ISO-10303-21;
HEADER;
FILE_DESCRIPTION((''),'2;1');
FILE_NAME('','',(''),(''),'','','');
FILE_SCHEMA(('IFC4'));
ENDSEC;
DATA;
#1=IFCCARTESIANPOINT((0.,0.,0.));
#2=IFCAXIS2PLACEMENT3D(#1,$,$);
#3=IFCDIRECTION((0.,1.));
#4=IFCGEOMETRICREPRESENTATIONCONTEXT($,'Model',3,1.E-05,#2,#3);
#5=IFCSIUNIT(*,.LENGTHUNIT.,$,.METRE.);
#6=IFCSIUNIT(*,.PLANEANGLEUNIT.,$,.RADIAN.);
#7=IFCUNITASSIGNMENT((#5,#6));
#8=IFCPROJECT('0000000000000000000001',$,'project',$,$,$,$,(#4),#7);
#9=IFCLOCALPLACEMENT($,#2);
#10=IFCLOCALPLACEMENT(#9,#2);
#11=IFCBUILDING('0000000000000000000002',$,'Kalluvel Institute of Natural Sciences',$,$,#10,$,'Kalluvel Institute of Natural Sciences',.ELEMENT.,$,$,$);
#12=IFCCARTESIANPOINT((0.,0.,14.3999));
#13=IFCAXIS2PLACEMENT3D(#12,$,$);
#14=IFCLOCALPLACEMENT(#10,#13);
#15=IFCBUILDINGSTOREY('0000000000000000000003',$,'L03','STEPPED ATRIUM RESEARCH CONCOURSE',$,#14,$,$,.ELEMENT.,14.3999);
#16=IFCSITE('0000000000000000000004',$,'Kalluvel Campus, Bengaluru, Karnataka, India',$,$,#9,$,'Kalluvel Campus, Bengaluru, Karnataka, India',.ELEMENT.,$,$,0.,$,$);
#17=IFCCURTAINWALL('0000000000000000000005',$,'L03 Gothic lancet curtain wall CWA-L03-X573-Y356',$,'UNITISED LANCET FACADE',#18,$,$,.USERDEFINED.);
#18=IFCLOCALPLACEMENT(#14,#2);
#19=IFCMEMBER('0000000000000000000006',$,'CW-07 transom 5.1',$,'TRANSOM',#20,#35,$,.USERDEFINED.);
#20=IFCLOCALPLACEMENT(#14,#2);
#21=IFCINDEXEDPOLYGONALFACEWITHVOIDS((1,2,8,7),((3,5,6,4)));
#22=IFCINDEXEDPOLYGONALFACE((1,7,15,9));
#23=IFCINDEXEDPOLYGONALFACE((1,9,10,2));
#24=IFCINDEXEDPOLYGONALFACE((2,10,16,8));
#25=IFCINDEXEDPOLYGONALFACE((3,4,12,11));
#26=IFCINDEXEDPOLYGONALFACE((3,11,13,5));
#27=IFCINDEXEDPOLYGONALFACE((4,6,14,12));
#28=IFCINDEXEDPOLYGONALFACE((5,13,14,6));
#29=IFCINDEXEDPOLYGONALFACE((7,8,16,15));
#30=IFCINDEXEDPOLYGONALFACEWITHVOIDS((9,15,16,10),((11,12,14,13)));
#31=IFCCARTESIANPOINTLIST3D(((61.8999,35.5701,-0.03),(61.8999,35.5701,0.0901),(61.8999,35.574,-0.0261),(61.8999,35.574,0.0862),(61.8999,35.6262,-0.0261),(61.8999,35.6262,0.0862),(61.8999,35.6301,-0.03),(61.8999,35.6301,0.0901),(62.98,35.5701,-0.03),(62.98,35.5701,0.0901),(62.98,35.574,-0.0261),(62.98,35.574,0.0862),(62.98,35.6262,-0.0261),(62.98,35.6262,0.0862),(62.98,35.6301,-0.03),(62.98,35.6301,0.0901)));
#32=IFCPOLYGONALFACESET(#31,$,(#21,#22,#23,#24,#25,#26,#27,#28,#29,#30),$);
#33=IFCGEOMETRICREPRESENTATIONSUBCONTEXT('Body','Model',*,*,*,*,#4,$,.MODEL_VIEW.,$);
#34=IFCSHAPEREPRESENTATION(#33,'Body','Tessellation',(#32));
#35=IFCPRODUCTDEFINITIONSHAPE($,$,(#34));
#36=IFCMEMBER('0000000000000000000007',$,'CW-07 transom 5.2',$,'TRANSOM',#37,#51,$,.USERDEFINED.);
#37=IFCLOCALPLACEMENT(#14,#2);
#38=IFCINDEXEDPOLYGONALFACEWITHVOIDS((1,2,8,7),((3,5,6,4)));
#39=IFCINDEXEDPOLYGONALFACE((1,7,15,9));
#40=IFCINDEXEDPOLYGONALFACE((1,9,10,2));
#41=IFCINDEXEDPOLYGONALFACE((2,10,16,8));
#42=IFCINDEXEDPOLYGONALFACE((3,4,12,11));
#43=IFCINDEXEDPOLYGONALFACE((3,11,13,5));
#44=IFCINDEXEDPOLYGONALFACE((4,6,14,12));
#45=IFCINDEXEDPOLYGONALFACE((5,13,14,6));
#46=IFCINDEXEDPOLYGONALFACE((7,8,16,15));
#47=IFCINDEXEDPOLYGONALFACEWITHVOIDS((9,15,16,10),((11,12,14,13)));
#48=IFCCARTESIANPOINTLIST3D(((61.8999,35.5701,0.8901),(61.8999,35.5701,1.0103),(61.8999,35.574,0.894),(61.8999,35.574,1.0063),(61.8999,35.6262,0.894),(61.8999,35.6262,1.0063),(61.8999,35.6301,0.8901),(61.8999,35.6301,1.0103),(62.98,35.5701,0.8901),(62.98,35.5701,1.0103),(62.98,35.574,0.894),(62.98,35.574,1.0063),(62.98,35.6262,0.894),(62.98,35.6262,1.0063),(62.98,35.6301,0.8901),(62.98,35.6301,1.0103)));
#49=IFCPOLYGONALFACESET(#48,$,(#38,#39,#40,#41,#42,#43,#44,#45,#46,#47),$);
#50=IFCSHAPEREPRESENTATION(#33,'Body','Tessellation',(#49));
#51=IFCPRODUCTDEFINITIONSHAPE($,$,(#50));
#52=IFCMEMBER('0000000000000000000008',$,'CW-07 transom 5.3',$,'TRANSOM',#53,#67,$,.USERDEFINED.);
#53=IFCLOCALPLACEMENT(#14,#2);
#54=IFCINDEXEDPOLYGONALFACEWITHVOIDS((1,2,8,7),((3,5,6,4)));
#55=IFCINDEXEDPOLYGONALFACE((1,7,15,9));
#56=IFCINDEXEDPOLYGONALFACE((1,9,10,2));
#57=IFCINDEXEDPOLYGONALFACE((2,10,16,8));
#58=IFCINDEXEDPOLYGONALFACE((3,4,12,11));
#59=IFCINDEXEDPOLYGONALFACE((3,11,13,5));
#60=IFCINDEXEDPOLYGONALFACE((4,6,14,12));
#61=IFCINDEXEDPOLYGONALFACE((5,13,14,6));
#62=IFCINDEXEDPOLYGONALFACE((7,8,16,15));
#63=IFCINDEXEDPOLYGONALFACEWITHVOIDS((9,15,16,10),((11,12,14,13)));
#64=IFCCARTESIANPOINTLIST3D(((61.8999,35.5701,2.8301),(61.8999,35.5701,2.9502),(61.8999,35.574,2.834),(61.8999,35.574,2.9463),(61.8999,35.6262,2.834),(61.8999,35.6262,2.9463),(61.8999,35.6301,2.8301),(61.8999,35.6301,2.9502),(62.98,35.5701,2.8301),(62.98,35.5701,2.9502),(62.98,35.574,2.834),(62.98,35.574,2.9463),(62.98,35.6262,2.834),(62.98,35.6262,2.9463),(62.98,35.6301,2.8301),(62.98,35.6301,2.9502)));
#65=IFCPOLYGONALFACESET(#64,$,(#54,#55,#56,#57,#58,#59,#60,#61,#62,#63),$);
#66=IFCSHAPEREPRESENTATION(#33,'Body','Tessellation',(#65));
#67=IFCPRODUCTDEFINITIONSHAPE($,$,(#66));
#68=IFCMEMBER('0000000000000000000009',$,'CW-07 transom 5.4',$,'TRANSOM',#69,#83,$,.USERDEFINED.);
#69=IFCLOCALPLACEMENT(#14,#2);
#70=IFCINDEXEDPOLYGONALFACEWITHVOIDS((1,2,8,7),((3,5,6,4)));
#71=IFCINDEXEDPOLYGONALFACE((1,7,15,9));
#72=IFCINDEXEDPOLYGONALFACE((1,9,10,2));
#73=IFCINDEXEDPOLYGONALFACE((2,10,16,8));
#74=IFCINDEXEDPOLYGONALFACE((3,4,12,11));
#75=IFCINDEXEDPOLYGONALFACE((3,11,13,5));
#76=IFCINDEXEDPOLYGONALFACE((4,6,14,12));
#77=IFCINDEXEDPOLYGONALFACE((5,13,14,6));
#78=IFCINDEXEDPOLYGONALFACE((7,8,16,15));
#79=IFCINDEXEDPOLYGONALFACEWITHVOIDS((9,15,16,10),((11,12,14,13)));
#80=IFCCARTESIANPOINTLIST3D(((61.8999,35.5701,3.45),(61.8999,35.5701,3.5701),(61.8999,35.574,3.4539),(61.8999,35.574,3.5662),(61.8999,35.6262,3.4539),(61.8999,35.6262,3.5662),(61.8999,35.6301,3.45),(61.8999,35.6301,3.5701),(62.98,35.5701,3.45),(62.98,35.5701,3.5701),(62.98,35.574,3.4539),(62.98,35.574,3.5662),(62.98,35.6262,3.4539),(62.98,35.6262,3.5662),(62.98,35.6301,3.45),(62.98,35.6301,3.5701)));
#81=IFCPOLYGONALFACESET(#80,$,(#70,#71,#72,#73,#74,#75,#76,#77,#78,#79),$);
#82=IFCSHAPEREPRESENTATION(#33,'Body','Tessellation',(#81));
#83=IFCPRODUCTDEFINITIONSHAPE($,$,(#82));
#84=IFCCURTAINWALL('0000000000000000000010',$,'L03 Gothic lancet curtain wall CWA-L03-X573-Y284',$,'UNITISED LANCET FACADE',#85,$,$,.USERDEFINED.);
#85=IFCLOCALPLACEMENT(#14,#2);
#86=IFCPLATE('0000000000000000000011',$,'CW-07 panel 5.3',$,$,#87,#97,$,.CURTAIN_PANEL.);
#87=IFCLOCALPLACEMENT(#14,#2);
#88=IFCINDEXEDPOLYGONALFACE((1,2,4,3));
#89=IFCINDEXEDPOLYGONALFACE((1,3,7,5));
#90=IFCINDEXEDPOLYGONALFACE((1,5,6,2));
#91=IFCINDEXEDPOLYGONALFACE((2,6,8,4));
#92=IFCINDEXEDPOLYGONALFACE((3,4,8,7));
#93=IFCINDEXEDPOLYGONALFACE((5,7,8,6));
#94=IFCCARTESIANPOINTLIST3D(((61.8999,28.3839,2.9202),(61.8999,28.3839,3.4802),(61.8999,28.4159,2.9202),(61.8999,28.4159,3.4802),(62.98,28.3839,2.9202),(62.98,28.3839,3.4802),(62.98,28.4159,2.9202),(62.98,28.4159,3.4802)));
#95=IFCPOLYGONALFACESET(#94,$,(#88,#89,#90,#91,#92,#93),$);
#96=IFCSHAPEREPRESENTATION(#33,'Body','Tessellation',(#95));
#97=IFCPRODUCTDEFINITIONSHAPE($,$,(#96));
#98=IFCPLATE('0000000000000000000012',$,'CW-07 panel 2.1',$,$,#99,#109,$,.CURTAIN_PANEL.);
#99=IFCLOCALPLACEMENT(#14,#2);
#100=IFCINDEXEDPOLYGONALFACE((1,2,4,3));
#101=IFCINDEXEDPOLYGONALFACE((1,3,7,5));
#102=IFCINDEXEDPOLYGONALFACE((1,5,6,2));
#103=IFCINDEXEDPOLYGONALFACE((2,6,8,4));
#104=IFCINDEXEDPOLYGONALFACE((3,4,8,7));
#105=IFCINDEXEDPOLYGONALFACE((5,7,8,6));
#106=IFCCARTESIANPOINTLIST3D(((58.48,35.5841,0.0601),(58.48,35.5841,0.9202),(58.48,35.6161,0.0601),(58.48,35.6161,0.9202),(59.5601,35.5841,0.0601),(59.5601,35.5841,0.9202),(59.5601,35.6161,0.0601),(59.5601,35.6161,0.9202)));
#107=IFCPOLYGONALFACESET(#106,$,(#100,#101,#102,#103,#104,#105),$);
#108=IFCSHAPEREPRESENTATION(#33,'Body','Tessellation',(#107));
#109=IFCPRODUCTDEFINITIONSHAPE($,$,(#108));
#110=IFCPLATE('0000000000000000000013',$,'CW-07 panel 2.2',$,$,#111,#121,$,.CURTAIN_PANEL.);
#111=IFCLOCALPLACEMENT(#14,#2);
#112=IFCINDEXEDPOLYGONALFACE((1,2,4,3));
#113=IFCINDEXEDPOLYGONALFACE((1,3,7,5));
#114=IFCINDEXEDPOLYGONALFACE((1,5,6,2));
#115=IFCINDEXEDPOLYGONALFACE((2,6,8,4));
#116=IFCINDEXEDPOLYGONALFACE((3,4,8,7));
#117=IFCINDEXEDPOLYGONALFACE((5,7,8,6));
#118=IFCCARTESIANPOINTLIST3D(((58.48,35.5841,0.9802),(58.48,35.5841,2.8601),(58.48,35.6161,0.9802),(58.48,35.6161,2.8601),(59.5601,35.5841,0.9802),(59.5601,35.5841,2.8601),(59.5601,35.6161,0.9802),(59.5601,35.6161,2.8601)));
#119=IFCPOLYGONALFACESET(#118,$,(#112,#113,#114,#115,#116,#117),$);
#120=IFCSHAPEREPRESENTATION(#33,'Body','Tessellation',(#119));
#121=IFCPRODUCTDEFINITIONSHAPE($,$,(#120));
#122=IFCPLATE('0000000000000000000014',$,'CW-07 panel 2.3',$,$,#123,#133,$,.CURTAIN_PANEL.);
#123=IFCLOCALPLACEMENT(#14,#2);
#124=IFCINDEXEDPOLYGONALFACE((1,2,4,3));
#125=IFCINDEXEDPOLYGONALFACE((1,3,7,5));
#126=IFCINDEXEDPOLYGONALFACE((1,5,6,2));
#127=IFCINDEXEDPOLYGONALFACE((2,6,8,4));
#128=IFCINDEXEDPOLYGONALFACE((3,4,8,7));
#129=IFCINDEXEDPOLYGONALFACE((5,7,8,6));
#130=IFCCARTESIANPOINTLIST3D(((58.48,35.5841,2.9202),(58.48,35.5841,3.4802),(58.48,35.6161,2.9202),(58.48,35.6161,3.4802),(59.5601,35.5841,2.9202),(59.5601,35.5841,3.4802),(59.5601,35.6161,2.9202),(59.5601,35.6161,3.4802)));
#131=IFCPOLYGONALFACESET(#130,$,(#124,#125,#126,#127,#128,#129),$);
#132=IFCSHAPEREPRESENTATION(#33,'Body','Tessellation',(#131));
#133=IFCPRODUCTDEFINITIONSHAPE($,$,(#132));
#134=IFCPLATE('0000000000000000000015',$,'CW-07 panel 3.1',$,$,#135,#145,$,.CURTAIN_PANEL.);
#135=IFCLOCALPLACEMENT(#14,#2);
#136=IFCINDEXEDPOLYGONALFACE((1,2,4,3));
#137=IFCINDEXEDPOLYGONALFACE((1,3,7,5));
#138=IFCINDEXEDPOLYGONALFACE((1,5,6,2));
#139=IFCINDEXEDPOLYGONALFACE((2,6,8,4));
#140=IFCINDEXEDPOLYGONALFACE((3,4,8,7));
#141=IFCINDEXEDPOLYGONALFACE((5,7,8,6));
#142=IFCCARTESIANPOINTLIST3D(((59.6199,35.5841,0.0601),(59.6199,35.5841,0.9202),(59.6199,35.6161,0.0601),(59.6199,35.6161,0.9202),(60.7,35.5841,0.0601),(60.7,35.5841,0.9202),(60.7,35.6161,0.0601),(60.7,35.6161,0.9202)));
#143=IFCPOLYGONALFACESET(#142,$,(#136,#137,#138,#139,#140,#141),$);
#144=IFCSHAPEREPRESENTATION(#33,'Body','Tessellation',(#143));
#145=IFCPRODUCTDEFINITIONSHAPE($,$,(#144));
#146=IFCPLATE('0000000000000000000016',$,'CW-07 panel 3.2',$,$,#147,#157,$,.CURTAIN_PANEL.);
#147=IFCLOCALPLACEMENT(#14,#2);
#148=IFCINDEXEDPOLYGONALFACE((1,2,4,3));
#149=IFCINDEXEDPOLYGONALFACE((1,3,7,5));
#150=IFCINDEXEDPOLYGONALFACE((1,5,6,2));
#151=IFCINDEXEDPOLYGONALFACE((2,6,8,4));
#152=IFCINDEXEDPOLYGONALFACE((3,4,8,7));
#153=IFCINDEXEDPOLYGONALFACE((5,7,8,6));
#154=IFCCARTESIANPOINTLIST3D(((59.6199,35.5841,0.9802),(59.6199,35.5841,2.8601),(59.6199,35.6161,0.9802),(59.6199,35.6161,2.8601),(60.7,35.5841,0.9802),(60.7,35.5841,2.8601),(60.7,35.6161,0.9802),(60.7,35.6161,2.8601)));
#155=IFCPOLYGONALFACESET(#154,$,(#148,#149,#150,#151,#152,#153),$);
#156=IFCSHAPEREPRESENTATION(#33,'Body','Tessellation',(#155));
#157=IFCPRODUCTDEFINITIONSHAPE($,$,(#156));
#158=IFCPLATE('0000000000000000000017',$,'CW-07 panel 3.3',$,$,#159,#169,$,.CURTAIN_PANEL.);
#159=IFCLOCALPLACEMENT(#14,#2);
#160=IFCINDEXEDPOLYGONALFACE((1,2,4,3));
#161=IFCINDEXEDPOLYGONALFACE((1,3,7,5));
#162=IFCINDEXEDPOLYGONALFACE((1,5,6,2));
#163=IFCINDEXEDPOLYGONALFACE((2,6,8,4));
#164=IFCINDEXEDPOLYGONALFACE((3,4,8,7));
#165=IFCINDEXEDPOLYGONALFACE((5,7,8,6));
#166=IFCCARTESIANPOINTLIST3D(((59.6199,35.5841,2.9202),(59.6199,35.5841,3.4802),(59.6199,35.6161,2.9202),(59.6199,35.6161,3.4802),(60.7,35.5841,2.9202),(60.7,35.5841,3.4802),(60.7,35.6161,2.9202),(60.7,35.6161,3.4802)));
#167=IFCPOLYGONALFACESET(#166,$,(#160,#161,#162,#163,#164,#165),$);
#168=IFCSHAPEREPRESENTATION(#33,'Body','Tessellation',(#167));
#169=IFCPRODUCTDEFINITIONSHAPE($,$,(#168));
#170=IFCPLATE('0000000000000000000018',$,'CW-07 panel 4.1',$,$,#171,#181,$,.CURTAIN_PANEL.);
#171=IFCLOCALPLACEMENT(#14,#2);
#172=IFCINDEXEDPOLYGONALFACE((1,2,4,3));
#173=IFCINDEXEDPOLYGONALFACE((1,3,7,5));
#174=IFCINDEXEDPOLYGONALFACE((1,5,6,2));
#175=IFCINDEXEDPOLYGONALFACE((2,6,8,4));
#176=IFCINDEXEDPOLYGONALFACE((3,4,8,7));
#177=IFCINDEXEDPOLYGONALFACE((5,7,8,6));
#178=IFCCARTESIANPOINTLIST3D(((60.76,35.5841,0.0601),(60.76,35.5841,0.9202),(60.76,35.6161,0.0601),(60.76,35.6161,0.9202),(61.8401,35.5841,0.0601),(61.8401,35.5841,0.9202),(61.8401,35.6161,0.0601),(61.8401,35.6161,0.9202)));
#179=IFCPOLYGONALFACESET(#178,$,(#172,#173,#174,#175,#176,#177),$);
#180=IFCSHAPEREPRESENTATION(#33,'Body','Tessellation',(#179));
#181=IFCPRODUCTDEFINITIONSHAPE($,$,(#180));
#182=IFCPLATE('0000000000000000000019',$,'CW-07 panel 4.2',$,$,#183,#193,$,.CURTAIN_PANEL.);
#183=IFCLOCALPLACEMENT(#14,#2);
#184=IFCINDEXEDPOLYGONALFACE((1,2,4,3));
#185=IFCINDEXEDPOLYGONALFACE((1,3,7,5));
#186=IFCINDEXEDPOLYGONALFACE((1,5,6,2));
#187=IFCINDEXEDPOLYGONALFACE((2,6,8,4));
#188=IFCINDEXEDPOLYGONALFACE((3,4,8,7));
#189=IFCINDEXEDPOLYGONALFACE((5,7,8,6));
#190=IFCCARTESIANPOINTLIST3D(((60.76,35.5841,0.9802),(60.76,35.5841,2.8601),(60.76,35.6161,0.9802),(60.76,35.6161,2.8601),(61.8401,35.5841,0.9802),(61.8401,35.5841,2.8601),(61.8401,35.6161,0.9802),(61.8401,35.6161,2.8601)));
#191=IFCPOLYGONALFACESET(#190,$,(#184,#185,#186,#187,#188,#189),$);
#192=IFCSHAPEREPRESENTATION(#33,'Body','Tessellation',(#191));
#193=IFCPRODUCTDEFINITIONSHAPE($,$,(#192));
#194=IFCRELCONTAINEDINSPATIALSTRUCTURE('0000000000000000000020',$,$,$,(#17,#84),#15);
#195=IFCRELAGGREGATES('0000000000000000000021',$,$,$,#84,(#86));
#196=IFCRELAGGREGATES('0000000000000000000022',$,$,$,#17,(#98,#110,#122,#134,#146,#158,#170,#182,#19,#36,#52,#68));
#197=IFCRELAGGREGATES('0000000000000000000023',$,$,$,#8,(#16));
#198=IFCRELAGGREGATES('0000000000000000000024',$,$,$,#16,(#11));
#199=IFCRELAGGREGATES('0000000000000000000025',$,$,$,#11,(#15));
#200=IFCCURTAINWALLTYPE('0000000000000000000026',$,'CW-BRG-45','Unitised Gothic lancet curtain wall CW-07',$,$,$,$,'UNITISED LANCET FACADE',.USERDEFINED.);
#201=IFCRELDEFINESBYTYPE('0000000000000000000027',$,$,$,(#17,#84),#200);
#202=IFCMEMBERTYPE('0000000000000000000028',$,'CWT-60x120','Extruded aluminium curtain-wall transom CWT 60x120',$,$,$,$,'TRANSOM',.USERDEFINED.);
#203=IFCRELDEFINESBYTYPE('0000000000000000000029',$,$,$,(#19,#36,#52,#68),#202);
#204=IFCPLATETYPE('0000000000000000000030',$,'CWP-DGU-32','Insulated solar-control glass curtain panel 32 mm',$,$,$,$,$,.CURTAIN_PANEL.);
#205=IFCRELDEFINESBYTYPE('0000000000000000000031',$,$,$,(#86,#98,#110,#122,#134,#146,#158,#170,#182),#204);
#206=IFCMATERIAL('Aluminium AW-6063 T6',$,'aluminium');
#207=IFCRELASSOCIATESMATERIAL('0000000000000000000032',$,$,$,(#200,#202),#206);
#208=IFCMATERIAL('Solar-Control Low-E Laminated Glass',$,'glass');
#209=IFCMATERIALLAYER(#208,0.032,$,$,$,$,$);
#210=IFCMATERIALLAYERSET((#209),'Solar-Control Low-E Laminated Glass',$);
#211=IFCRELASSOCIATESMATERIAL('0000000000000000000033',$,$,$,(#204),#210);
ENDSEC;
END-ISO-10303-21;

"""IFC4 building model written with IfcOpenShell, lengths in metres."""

from ifc_helpers import new_model, si_unit, direction, frame, origin, origin_2d, place, context, subcontext, project, spatial, rectangle, hollow_rectangle, extrude, material, layer, layer_set, material_profile, profile_set, type_object, element, aggregate, save


model = new_model("IFC4")

# Units and contexts
model_context = context("Model", 3, precision=1e-05, world=origin(), true_north=direction((0.0, 1.0)))
body_context = subcontext(model_context, "Body", "Model", "MODEL_VIEW")
ifc_project = project(units=[si_unit("LENGTHUNIT", "METRE"), si_unit("PLANEANGLEUNIT", "RADIAN")], contexts=[model_context])

# Site, building, storey
site_placement = place(None, origin())
site = spatial("IfcSite", under=ifc_project, at=site_placement, Name="Kalluvel Campus, Bengaluru, Karnataka, India", LongName="Kalluvel Campus, Bengaluru, Karnataka, India", CompositionType="ELEMENT", RefElevation=0.0)
building_placement = place(site_placement, origin())
building = spatial("IfcBuilding", under=site, at=building_placement, Name="Kalluvel Institute of Natural Sciences", LongName="Kalluvel Institute of Natural Sciences", CompositionType="ELEMENT")
storey_placement = place(building_placement, frame((0.0, 0.0, 14.3999)))
storey = spatial("IfcBuildingStorey", under=building, at=storey_placement, Name="L03", Description="STEPPED ATRIUM RESEARCH CONCOURSE", CompositionType="ELEMENT", Elevation=14.3999)

# Curtain wall, members
ifc_material_1 = material(Name="Aluminium AW-6063 T6", Category="aluminium")
curtain_wall_type = type_object("IfcCurtainWallType", Name="CW-BRG-45", Description="Unitised Gothic lancet curtain wall CW-07", ElementType="UNITISED LANCET FACADE", PredefinedType="USERDEFINED", material=ifc_material_1)
curtain_wall_1_placement = place(storey_placement, origin())
curtain_wall_1 = element("IfcCurtainWall", 1, at=curtain_wall_1_placement, inside=storey, type_object=curtain_wall_type, Name="L03 Gothic lancet curtain wall CWA-L03-X573-Y356", ObjectType="UNITISED LANCET FACADE", PredefinedType="USERDEFINED")
ifc_material_profile_1 = material_profile(ifc_material_1, hollow_rectangle(XDim=0.0601, YDim=0.1201, WallThickness=0.0039, at=origin_2d()), Name="CWT 60x120")
ifc_profile_set_1 = profile_set([ifc_material_profile_1], Name="Aluminium AW-6063 T6")
member_type_1 = type_object("IfcMemberType", Name="CWT-60x120", Description="Extruded aluminium curtain-wall transom CWT 60x120", ElementType="TRANSOM", PredefinedType="USERDEFINED", material=ifc_profile_set_1)
member_1_placement = place(storey_placement, frame((61.8999, 35.6001, 0.03), z_axis=(1.0, 0.0, 0.0), x_axis=(0.0, 1.0, 0.0)))
member_1 = element("IfcMember", 2, at=member_1_placement, type_object=member_type_1, Name="CW-07 transom 5.1", ObjectType="TRANSOM", PredefinedType="USERDEFINED", context=body_context, shape_type="SweptSolid", body=[
    extrude(hollow_rectangle(XDim=0.0601, YDim=0.1201, WallThickness=0.0039, at=origin_2d()), origin(), (0.0, 0.0, 1.0), 1.0801),
])
member_2_placement = place(storey_placement, frame((61.8999, 35.6001, 0.9502), z_axis=(1.0, 0.0, 0.0), x_axis=(0.0, 1.0, 0.0)))
member_2 = element("IfcMember", 3, at=member_2_placement, type_object=member_type_1, Name="CW-07 transom 5.2", ObjectType="TRANSOM", PredefinedType="USERDEFINED", context=body_context, shape_type="SweptSolid", body=[
    extrude(hollow_rectangle(XDim=0.0601, YDim=0.1201, WallThickness=0.0039, at=origin_2d()), origin(), (0.0, 0.0, 1.0), 1.0801),
])
member_3_placement = place(storey_placement, frame((61.8999, 35.6001, 2.8901), z_axis=(1.0, 0.0, 0.0), x_axis=(0.0, 1.0, 0.0)))
member_3 = element("IfcMember", 4, at=member_3_placement, type_object=member_type_1, Name="CW-07 transom 5.3", ObjectType="TRANSOM", PredefinedType="USERDEFINED", context=body_context, shape_type="SweptSolid", body=[
    extrude(hollow_rectangle(XDim=0.0601, YDim=0.1201, WallThickness=0.0039, at=origin_2d()), origin(), (0.0, 0.0, 1.0), 1.0801),
])
member_4_placement = place(storey_placement, frame((61.8999, 35.6001, 3.51), z_axis=(1.0, 0.0, 0.0), x_axis=(0.0, 1.0, 0.0)))
member_4 = element("IfcMember", 5, at=member_4_placement, type_object=member_type_1, Name="CW-07 transom 5.4", ObjectType="TRANSOM", PredefinedType="USERDEFINED", context=body_context, shape_type="SweptSolid", body=[
    extrude(hollow_rectangle(XDim=0.0601, YDim=0.1201, WallThickness=0.0039, at=origin_2d()), origin(), (0.0, 0.0, 1.0), 1.0801),
])

# Curtain wall, plate
curtain_wall_2_placement = place(storey_placement, origin())
curtain_wall_2 = element("IfcCurtainWall", 6, at=curtain_wall_2_placement, inside=storey, type_object=curtain_wall_type, Name="L03 Gothic lancet curtain wall CWA-L03-X573-Y284", ObjectType="UNITISED LANCET FACADE", PredefinedType="USERDEFINED")
ifc_material_2 = material(Name="Solar-Control Low-E Laminated Glass", Category="glass")
ifc_layer = layer(ifc_material_2, 0.032)
ifc_layer_set = layer_set([ifc_layer], Name="Solar-Control Low-E Laminated Glass")
plate_type = type_object("IfcPlateType", Name="CWP-DGU-32", Description="Insulated solar-control glass curtain panel 32 mm", PredefinedType="CURTAIN_PANEL", material=ifc_layer_set)
plate_1_placement = place(storey_placement, frame((62.4399, 28.3999, 2.9202), z_axis=(0.0, 0.0, 1.0), x_axis=(1.0, 0.0, 0.0)))
plate_1 = element("IfcPlate", 7, at=plate_1_placement, type_object=plate_type, Name="CW-07 panel 5.3", PredefinedType="CURTAIN_PANEL", context=body_context, shape_type="SweptSolid", body=[
    extrude(rectangle(XDim=1.0801, YDim=0.032, at=origin_2d()), origin(), (0.0, 0.0, 1.0), 0.5601),
])
aggregate(curtain_wall_2, [plate_1])

# Plates
plate_2_placement = place(storey_placement, frame((59.02, 35.6001, 0.0601), z_axis=(0.0, 0.0, 1.0), x_axis=(1.0, 0.0, 0.0)))
plate_2 = element("IfcPlate", 8, at=plate_2_placement, type_object=plate_type, Name="CW-07 panel 2.1", PredefinedType="CURTAIN_PANEL", context=body_context, shape_type="SweptSolid", body=[
    extrude(rectangle(XDim=1.0801, YDim=0.032, at=origin_2d()), origin(), (0.0, 0.0, 1.0), 0.8601),
])
plate_3_placement = place(storey_placement, frame((59.02, 35.6001, 0.9802), z_axis=(0.0, 0.0, 1.0), x_axis=(1.0, 0.0, 0.0)))
plate_3 = element("IfcPlate", 9, at=plate_3_placement, type_object=plate_type, Name="CW-07 panel 2.2", PredefinedType="CURTAIN_PANEL", context=body_context, shape_type="SweptSolid", body=[
    extrude(rectangle(XDim=1.0801, YDim=0.032, at=origin_2d()), origin(), (0.0, 0.0, 1.0), 1.8799),
])
plate_4_placement = place(storey_placement, frame((59.02, 35.6001, 2.9202), z_axis=(0.0, 0.0, 1.0), x_axis=(1.0, 0.0, 0.0)))
plate_4 = element("IfcPlate", 10, at=plate_4_placement, type_object=plate_type, Name="CW-07 panel 2.3", PredefinedType="CURTAIN_PANEL", context=body_context, shape_type="SweptSolid", body=[
    extrude(rectangle(XDim=1.0801, YDim=0.032, at=origin_2d()), origin(), (0.0, 0.0, 1.0), 0.5601),
])
plate_5_placement = place(storey_placement, frame((60.1599, 35.6001, 0.0601), z_axis=(0.0, 0.0, 1.0), x_axis=(1.0, 0.0, 0.0)))
plate_5 = element("IfcPlate", 11, at=plate_5_placement, type_object=plate_type, Name="CW-07 panel 3.1", PredefinedType="CURTAIN_PANEL", context=body_context, shape_type="SweptSolid", body=[
    extrude(rectangle(XDim=1.0801, YDim=0.032, at=origin_2d()), origin(), (0.0, 0.0, 1.0), 0.8601),
])
plate_6_placement = place(storey_placement, frame((60.1599, 35.6001, 0.9802), z_axis=(0.0, 0.0, 1.0), x_axis=(1.0, 0.0, 0.0)))
plate_6 = element("IfcPlate", 12, at=plate_6_placement, type_object=plate_type, Name="CW-07 panel 3.2", PredefinedType="CURTAIN_PANEL", context=body_context, shape_type="SweptSolid", body=[
    extrude(rectangle(XDim=1.0801, YDim=0.032, at=origin_2d()), origin(), (0.0, 0.0, 1.0), 1.8799),
])
plate_7_placement = place(storey_placement, frame((60.1599, 35.6001, 2.9202), z_axis=(0.0, 0.0, 1.0), x_axis=(1.0, 0.0, 0.0)))
plate_7 = element("IfcPlate", 13, at=plate_7_placement, type_object=plate_type, Name="CW-07 panel 3.3", PredefinedType="CURTAIN_PANEL", context=body_context, shape_type="SweptSolid", body=[
    extrude(rectangle(XDim=1.0801, YDim=0.032, at=origin_2d()), origin(), (0.0, 0.0, 1.0), 0.5601),
])
plate_8_placement = place(storey_placement, frame((61.3, 35.6001, 0.0601), z_axis=(0.0, 0.0, 1.0), x_axis=(1.0, 0.0, 0.0)))
plate_8 = element("IfcPlate", 14, at=plate_8_placement, type_object=plate_type, Name="CW-07 panel 4.1", PredefinedType="CURTAIN_PANEL", context=body_context, shape_type="SweptSolid", body=[
    extrude(rectangle(XDim=1.0801, YDim=0.032, at=origin_2d()), origin(), (0.0, 0.0, 1.0), 0.8601),
])
plate_9_placement = place(storey_placement, frame((61.3, 35.6001, 0.9802), z_axis=(0.0, 0.0, 1.0), x_axis=(1.0, 0.0, 0.0)))
plate_9 = element("IfcPlate", 15, at=plate_9_placement, type_object=plate_type, Name="CW-07 panel 4.2", PredefinedType="CURTAIN_PANEL", context=body_context, shape_type="SweptSolid", body=[
    extrude(rectangle(XDim=1.0801, YDim=0.032, at=origin_2d()), origin(), (0.0, 0.0, 1.0), 1.8799),
])
aggregate(curtain_wall_1, [plate_2, plate_3, plate_4, plate_5, plate_6, plate_7, plate_8, plate_9, member_1, member_2, member_3, member_4])

save(model, "model.ifc")
